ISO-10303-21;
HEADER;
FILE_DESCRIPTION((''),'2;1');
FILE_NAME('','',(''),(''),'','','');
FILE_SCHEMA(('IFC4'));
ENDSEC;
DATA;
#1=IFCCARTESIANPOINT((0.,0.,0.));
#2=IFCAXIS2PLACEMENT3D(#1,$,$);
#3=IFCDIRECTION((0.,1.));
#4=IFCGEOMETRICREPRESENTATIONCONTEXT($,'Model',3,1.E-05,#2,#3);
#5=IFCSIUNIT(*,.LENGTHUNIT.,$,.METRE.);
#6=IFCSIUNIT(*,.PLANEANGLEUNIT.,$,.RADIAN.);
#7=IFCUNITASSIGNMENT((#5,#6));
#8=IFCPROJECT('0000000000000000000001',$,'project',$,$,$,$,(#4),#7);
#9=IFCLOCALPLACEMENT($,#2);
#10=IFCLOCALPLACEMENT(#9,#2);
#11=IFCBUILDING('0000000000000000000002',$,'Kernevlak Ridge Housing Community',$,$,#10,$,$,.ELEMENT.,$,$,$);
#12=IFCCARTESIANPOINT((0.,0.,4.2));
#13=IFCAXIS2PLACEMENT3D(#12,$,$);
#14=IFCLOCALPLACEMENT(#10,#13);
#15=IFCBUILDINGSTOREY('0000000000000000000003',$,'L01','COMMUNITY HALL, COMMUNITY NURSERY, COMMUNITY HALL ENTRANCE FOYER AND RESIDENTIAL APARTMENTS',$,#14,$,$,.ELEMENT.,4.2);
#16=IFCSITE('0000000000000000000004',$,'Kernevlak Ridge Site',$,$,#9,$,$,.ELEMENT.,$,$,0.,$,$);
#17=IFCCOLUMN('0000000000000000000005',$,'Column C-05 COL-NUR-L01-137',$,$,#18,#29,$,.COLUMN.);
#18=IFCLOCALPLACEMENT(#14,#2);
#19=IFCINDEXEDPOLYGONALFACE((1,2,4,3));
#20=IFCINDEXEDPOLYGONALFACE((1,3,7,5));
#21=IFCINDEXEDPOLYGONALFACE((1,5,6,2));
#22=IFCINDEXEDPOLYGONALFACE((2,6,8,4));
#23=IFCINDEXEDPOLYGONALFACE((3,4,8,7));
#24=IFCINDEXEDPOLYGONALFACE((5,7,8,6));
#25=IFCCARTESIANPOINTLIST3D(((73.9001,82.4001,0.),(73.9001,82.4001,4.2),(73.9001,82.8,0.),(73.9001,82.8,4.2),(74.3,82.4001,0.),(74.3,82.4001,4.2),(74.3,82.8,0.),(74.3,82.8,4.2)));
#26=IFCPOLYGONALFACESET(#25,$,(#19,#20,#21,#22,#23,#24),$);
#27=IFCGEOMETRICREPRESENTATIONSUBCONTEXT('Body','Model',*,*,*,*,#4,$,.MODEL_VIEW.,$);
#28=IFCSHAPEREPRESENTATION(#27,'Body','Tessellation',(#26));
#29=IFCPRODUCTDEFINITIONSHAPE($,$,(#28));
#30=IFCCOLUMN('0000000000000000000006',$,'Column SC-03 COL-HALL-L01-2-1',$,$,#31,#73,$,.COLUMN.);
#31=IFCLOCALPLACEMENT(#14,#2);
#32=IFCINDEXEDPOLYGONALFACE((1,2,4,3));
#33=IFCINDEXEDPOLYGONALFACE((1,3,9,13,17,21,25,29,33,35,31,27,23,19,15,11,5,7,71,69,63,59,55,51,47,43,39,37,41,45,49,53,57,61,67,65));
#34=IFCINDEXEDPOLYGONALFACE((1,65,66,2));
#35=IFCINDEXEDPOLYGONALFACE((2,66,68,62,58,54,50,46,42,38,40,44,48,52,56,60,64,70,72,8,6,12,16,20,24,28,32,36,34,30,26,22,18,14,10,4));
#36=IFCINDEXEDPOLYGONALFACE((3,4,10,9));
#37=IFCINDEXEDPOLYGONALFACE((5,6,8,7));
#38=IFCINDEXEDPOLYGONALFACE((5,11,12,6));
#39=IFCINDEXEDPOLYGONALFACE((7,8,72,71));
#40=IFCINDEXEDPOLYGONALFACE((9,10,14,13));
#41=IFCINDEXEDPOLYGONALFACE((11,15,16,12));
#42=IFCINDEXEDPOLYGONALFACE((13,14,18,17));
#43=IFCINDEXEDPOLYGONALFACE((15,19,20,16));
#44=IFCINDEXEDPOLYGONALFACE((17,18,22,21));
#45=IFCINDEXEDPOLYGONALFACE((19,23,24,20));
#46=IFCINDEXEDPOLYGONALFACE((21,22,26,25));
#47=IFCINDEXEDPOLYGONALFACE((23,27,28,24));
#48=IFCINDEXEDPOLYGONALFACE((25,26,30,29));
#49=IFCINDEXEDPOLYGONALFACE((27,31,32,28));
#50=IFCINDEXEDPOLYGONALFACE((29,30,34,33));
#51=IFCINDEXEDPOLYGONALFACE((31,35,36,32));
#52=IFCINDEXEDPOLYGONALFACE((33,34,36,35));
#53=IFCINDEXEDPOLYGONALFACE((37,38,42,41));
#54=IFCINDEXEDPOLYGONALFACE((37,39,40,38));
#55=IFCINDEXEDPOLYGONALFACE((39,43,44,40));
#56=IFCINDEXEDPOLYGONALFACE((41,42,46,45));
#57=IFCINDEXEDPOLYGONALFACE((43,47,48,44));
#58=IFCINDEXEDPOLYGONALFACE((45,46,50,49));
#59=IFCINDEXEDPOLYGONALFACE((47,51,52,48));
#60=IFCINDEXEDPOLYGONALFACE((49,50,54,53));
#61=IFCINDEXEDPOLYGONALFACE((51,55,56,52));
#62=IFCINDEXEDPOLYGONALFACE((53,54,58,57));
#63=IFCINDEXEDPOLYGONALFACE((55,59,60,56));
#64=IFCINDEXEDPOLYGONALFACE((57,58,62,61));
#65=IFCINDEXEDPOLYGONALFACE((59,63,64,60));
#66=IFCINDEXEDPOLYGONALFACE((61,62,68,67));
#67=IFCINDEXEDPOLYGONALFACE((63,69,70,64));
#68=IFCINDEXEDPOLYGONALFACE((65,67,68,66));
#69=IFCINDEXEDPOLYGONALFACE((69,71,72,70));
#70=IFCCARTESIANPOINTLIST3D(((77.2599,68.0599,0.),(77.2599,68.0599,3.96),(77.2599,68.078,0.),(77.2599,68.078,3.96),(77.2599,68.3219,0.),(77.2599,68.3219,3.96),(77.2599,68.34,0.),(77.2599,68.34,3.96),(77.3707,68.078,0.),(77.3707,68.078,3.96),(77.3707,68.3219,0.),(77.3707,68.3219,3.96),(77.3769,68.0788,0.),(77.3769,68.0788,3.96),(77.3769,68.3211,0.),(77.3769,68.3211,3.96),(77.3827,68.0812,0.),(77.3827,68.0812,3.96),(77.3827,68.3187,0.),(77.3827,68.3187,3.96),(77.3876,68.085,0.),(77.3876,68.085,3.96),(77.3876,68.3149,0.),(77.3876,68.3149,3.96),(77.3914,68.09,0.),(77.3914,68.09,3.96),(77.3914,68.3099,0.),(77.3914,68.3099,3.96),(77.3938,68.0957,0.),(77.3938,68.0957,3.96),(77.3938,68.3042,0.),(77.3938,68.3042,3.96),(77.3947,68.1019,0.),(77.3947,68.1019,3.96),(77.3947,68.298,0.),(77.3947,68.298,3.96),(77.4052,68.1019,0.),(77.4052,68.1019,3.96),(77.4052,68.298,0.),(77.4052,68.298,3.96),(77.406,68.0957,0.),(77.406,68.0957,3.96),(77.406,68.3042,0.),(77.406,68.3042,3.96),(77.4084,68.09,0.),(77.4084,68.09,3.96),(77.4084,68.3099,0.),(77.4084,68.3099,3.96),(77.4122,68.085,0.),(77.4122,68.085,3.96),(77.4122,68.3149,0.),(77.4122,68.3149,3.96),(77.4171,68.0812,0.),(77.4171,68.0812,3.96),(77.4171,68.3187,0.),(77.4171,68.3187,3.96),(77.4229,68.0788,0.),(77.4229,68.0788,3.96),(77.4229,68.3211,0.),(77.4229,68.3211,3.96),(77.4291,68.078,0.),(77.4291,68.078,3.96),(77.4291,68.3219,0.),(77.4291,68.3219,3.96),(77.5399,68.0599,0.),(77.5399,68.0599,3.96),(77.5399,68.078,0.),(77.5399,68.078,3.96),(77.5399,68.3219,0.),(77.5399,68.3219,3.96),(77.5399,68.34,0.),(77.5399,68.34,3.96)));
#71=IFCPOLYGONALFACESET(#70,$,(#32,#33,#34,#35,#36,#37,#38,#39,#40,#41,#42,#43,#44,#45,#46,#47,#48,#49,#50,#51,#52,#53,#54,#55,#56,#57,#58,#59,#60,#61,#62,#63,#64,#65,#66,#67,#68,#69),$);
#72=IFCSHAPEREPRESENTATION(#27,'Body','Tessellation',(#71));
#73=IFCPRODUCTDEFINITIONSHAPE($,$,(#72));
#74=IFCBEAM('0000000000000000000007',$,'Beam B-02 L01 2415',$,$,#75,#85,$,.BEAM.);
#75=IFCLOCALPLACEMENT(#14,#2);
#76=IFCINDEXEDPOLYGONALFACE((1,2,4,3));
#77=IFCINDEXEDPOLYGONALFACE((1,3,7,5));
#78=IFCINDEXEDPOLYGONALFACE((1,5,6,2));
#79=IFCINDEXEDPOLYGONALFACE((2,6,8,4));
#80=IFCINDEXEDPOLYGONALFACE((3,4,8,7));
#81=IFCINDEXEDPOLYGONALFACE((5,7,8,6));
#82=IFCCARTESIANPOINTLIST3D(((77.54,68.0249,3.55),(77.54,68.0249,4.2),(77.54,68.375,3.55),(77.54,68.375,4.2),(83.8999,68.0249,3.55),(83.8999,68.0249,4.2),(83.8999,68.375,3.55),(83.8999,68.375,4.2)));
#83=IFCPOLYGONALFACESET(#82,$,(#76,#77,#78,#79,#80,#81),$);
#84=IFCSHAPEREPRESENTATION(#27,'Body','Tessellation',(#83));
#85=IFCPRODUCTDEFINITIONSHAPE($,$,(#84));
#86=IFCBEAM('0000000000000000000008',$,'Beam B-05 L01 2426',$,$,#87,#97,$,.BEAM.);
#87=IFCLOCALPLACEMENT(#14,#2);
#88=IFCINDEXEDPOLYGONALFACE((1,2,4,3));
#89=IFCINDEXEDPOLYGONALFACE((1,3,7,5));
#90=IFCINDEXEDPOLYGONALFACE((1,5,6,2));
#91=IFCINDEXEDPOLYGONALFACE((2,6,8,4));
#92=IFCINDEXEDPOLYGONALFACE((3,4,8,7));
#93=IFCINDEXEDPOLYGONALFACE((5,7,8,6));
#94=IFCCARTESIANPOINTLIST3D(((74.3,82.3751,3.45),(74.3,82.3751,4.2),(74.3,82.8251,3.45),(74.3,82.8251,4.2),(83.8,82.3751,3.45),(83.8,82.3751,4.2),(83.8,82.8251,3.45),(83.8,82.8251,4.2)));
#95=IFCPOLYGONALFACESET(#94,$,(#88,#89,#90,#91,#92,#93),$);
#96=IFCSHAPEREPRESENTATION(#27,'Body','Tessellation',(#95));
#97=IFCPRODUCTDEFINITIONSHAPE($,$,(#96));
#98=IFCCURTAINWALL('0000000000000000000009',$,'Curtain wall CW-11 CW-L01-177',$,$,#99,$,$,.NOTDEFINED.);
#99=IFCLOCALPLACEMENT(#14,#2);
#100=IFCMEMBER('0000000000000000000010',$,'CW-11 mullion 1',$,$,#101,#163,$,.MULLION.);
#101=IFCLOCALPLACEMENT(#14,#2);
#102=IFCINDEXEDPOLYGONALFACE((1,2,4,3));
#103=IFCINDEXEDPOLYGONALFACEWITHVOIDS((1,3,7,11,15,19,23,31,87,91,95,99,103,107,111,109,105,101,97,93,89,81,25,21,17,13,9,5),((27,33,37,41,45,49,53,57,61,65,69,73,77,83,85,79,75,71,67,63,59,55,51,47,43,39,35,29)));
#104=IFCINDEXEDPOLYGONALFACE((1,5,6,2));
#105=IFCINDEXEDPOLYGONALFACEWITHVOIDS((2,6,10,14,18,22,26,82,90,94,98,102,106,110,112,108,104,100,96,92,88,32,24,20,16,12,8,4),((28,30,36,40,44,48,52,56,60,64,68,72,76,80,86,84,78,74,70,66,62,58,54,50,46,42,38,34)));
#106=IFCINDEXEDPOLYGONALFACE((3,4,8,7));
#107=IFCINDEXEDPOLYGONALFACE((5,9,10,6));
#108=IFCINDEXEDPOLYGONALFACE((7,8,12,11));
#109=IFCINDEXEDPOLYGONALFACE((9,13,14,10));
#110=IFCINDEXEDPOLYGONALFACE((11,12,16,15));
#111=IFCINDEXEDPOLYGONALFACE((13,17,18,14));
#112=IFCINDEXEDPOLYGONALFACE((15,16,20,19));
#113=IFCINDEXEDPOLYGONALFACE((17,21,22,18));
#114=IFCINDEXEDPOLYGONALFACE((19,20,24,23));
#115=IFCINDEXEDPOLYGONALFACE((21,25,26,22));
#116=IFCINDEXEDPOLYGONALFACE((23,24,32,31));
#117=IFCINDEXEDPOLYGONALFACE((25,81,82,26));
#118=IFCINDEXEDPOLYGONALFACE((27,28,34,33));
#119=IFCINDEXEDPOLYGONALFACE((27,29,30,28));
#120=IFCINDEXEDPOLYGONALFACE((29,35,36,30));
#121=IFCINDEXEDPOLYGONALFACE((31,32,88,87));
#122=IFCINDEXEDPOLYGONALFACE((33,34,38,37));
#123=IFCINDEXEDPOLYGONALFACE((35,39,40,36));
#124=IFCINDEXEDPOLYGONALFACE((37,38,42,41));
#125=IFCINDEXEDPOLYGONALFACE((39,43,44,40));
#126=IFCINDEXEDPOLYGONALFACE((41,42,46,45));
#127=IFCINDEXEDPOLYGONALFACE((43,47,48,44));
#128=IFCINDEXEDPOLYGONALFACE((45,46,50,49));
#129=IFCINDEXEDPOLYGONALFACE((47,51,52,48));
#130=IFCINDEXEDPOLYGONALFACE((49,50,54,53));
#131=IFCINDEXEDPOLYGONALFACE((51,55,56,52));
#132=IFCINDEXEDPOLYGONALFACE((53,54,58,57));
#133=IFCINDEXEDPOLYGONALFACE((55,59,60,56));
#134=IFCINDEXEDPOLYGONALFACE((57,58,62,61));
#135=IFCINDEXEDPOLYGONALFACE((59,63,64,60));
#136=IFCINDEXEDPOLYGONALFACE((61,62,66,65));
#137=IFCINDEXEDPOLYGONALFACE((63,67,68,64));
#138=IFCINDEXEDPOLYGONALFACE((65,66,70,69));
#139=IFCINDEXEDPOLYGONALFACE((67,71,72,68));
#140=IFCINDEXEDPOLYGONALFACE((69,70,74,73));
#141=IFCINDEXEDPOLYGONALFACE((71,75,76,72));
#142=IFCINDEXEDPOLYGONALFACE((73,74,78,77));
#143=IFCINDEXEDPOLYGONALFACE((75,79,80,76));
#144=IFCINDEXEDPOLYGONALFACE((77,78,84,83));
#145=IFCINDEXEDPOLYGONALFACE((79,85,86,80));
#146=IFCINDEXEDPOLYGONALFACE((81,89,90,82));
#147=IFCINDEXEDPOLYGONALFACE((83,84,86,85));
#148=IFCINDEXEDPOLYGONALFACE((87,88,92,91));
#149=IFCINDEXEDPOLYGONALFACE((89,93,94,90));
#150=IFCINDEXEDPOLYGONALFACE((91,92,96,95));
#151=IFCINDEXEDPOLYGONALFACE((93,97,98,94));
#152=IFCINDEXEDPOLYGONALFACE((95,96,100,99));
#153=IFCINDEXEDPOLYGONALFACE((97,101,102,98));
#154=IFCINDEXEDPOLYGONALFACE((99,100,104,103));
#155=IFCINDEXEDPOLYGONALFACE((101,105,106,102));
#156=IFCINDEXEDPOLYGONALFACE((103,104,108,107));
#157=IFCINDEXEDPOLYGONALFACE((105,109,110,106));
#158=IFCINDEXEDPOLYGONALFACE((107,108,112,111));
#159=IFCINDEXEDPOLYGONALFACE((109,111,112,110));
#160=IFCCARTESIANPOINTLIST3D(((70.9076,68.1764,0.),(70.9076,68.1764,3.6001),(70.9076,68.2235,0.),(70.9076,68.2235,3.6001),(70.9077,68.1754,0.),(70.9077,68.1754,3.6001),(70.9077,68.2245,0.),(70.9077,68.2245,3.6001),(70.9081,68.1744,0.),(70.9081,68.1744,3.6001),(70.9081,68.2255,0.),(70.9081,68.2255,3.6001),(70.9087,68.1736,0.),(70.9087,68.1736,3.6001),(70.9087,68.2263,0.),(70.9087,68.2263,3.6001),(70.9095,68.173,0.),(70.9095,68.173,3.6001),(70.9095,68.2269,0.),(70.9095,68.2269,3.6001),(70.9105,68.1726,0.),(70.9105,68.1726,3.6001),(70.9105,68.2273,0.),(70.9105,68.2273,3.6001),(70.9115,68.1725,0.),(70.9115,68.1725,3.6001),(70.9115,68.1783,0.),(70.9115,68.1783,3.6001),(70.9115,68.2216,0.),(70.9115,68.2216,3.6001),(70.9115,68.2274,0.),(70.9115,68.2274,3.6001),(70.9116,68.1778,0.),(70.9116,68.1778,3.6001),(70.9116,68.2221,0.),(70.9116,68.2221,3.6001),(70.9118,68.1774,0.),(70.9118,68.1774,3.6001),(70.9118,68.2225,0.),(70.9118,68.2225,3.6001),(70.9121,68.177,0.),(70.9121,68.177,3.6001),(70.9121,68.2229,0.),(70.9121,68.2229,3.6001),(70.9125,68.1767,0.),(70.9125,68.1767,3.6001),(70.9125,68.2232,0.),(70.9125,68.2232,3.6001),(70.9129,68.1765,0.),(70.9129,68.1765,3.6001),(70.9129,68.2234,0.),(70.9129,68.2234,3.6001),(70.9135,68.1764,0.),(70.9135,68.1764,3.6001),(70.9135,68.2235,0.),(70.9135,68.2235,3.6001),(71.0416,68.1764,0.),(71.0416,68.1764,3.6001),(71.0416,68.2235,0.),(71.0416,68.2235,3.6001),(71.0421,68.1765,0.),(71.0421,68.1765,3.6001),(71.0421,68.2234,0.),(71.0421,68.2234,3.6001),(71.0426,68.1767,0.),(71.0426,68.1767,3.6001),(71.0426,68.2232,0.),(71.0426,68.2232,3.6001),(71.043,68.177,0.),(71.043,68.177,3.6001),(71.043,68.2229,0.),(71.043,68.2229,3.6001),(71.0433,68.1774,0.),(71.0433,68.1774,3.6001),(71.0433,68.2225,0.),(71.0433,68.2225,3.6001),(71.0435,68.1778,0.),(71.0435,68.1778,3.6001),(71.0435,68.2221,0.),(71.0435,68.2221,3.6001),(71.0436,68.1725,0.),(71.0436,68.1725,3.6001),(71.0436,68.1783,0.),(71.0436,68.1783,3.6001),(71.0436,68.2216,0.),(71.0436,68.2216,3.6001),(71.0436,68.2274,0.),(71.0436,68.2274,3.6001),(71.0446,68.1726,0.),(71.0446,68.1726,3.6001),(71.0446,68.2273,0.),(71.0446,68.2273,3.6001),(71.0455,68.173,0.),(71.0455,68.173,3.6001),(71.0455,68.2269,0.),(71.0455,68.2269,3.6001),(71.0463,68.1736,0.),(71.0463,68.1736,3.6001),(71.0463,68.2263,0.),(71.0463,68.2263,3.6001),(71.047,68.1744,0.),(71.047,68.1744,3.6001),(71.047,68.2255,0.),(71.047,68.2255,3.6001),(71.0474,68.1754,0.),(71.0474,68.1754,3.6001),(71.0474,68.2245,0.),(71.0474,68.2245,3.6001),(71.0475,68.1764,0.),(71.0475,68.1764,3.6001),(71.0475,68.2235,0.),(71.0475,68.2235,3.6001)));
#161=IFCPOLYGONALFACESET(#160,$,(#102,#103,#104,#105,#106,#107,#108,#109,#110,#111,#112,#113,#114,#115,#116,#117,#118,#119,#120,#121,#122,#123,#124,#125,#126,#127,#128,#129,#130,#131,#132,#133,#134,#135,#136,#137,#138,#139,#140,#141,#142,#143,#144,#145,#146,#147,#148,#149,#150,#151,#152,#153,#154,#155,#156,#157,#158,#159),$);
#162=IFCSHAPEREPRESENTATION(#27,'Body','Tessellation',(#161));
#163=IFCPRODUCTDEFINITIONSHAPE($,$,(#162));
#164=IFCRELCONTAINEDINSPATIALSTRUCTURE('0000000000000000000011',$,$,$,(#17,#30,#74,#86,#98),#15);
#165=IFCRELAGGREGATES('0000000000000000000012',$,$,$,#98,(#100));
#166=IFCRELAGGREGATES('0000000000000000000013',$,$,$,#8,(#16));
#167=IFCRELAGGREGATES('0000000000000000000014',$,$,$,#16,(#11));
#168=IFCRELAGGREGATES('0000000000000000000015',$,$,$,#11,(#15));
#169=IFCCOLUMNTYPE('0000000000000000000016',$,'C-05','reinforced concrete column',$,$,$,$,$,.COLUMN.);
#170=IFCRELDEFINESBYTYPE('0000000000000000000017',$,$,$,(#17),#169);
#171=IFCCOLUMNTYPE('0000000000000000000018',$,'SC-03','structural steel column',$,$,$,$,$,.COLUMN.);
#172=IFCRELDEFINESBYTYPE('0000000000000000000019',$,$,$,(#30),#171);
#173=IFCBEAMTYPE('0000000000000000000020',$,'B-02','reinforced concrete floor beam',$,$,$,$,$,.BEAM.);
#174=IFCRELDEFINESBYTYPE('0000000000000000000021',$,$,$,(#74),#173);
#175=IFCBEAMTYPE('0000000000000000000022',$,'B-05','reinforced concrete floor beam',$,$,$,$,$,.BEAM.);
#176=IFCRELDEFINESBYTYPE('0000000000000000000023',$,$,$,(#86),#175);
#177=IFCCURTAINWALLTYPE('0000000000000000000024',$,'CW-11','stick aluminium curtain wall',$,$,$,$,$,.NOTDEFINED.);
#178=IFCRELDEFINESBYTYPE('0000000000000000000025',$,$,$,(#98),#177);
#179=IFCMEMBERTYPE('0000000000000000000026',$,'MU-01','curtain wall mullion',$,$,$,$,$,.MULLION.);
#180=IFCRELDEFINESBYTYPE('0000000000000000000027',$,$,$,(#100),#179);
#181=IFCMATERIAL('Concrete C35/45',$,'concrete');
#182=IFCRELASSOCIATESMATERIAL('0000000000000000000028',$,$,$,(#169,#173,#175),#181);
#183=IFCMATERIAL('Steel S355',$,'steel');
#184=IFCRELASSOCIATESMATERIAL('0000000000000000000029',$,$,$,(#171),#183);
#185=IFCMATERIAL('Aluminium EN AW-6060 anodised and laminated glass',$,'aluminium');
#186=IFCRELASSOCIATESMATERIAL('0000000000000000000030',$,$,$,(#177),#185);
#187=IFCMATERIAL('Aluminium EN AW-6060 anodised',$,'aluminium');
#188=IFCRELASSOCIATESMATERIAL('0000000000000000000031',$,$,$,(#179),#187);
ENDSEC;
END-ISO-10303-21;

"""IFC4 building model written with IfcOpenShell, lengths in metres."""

from ifc_helpers import new_model, si_unit, direction, frame, origin, origin_2d, place, context, subcontext, project, spatial, rectangle, hollow_rectangle, i_section, extrude, material, material_profile, profile_set, type_object, element, aggregate, save


model = new_model("IFC4")

# Units and contexts
model_context = context("Model", 3, precision=1e-05, world=origin(), true_north=direction((0.0, 1.0)))
body_context = subcontext(model_context, "Body", "Model", "MODEL_VIEW")
ifc_project = project(units=[si_unit("LENGTHUNIT", "METRE"), si_unit("PLANEANGLEUNIT", "RADIAN")], contexts=[model_context])

# Site, building, storey
site_placement = place(None, origin())
site = spatial("IfcSite", under=ifc_project, at=site_placement, Name="Kernevlak Ridge Site", CompositionType="ELEMENT", RefElevation=0.0)
building_placement = place(site_placement, origin())
building = spatial("IfcBuilding", under=site, at=building_placement, Name="Kernevlak Ridge Housing Community", CompositionType="ELEMENT")
storey_placement = place(building_placement, frame((0.0, 0.0, 4.2)))
storey = spatial("IfcBuildingStorey", under=building, at=storey_placement, Name="L01", Description="COMMUNITY HALL, COMMUNITY NURSERY, COMMUNITY HALL ENTRANCE FOYER AND RESIDENTIAL APARTMENTS", CompositionType="ELEMENT", Elevation=4.2)

# Columns
ifc_material_1 = material(Name="Concrete C35/45", Category="concrete")
ifc_material_profile_1 = material_profile(ifc_material_1, rectangle(XDim=0.3999, YDim=0.3999, at=origin_2d()), Name="RC 400x400")
ifc_profile_set_1 = profile_set([ifc_material_profile_1], Name="Concrete C35/45")
column_type_1 = type_object("IfcColumnType", Name="C-05", Description="reinforced concrete column", PredefinedType="COLUMN", material=ifc_profile_set_1)
column_1_placement = place(storey_placement, frame((74.1001, 82.6001, 0.0), z_axis=(0.0, 0.0, 1.0), x_axis=(1.0, 0.0, 0.0)))
element("IfcColumn", 1, at=column_1_placement, inside=storey, type_object=column_type_1, Name="Column C-05 COL-NUR-L01-137", PredefinedType="COLUMN", context=body_context, shape_type="SweptSolid", body=[
    extrude(rectangle(XDim=0.3999, YDim=0.3999, at=origin_2d()), origin(), (0.0, 0.0, 1.0), 4.2),
])
ifc_material_2 = material(Name="Steel S355", Category="steel")
ifc_material_profile_2 = material_profile(ifc_material_2, i_section(OverallWidth=0.28, OverallDepth=0.28, WebThickness=0.0105, FlangeThickness=0.0181, FilletRadius=0.0239, at=origin_2d()), Name="HEB 280")
ifc_profile_set_2 = profile_set([ifc_material_profile_2], Name="Steel S355")
column_type_2 = type_object("IfcColumnType", Name="SC-03", Description="structural steel column", PredefinedType="COLUMN", material=ifc_profile_set_2)
column_2_placement = place(storey_placement, frame((77.3999, 68.2, 0.0), z_axis=(0.0, 0.0, 1.0), x_axis=(1.0, 0.0, 0.0)))
element("IfcColumn", 2, at=column_2_placement, inside=storey, type_object=column_type_2, Name="Column SC-03 COL-HALL-L01-2-1", PredefinedType="COLUMN", context=body_context, shape_type="SweptSolid", body=[
    extrude(i_section(OverallWidth=0.28, OverallDepth=0.28, WebThickness=0.0105, FlangeThickness=0.0181, FilletRadius=0.0239, at=origin_2d()), origin(), (0.0, 0.0, 1.0), 3.96),
])

# Beams
ifc_material_profile_3 = material_profile(ifc_material_1, rectangle(XDim=0.3501, YDim=0.6499, at=origin_2d()), Name="RC 350x650")
ifc_profile_set_3 = profile_set([ifc_material_profile_3], Name="Concrete C35/45")
beam_type_1 = type_object("IfcBeamType", Name="B-02", Description="reinforced concrete floor beam", PredefinedType="BEAM", material=ifc_profile_set_3)
beam_1_placement = place(storey_placement, frame((77.54, 68.2, 3.875), z_axis=(1.0, 0.0, 0.0), x_axis=(0.0, 1.0, 0.0)))
element("IfcBeam", 3, at=beam_1_placement, inside=storey, type_object=beam_type_1, Name="Beam B-02 L01 2415", PredefinedType="BEAM", context=body_context, shape_type="SweptSolid", body=[
    extrude(rectangle(XDim=0.3501, YDim=0.6499, at=origin_2d()), origin(), (0.0, 0.0, 1.0), 6.3599),
])
ifc_material_profile_4 = material_profile(ifc_material_1, rectangle(XDim=0.45, YDim=0.75, at=origin_2d()), Name="RC 450x750")
ifc_profile_set_4 = profile_set([ifc_material_profile_4], Name="Concrete C35/45")
beam_type_2 = type_object("IfcBeamType", Name="B-05", Description="reinforced concrete floor beam", PredefinedType="BEAM", material=ifc_profile_set_4)
beam_2_placement = place(storey_placement, frame((74.3, 82.6001, 3.825), z_axis=(1.0, 0.0, 0.0), x_axis=(0.0, 1.0, 0.0)))
element("IfcBeam", 4, at=beam_2_placement, inside=storey, type_object=beam_type_2, Name="Beam B-05 L01 2426", PredefinedType="BEAM", context=body_context, shape_type="SweptSolid", body=[
    extrude(rectangle(XDim=0.45, YDim=0.75, at=origin_2d()), origin(), (0.0, 0.0, 1.0), 9.5),
])

# Curtain wall, member
ifc_material_3 = material(Name="Aluminium EN AW-6060 anodised and laminated glass", Category="aluminium")
curtain_wall_type_1 = type_object("IfcCurtainWallType", Name="CW-11", Description="stick aluminium curtain wall", PredefinedType="NOTDEFINED", material=ifc_material_3)
curtain_wall_1_placement = place(storey_placement, origin())
curtain_wall_1 = element("IfcCurtainWall", 5, at=curtain_wall_1_placement, inside=storey, type_object=curtain_wall_type_1, Name="Curtain wall CW-11 CW-L01-177", PredefinedType="NOTDEFINED")
ifc_material_4 = material(Name="Aluminium EN AW-6060 anodised", Category="aluminium")
ifc_material_profile_5 = material_profile(ifc_material_4, hollow_rectangle(XDim=0.0549, YDim=0.1399, WallThickness=0.0039, InnerFilletRadius=0.002, OuterFilletRadius=0.0039, at=origin_2d()), Name="ALU 55x140x4")
ifc_profile_set_5 = profile_set([ifc_material_profile_5], Name="Aluminium EN AW-6060 anodised")
member_type_1 = type_object("IfcMemberType", Name="MU-01", Description="curtain wall mullion", PredefinedType="MULLION", material=ifc_profile_set_5)
member_1_placement = place(storey_placement, frame((70.9775, 68.2, 0.0), z_axis=(0.0, 0.0, 1.0), x_axis=(0.0, 1.0, 0.0)))
member_1 = element("IfcMember", 6, at=member_1_placement, type_object=member_type_1, Name="CW-11 mullion 1", PredefinedType="MULLION", context=body_context, shape_type="SweptSolid", body=[
    extrude(hollow_rectangle(XDim=0.0549, YDim=0.1399, WallThickness=0.0039, InnerFilletRadius=0.002, OuterFilletRadius=0.0039, at=origin_2d()), origin(), (0.0, 0.0, 1.0), 3.6001),
])

aggregate(curtain_wall_1, [member_1])

save(model, "model.ifc")
